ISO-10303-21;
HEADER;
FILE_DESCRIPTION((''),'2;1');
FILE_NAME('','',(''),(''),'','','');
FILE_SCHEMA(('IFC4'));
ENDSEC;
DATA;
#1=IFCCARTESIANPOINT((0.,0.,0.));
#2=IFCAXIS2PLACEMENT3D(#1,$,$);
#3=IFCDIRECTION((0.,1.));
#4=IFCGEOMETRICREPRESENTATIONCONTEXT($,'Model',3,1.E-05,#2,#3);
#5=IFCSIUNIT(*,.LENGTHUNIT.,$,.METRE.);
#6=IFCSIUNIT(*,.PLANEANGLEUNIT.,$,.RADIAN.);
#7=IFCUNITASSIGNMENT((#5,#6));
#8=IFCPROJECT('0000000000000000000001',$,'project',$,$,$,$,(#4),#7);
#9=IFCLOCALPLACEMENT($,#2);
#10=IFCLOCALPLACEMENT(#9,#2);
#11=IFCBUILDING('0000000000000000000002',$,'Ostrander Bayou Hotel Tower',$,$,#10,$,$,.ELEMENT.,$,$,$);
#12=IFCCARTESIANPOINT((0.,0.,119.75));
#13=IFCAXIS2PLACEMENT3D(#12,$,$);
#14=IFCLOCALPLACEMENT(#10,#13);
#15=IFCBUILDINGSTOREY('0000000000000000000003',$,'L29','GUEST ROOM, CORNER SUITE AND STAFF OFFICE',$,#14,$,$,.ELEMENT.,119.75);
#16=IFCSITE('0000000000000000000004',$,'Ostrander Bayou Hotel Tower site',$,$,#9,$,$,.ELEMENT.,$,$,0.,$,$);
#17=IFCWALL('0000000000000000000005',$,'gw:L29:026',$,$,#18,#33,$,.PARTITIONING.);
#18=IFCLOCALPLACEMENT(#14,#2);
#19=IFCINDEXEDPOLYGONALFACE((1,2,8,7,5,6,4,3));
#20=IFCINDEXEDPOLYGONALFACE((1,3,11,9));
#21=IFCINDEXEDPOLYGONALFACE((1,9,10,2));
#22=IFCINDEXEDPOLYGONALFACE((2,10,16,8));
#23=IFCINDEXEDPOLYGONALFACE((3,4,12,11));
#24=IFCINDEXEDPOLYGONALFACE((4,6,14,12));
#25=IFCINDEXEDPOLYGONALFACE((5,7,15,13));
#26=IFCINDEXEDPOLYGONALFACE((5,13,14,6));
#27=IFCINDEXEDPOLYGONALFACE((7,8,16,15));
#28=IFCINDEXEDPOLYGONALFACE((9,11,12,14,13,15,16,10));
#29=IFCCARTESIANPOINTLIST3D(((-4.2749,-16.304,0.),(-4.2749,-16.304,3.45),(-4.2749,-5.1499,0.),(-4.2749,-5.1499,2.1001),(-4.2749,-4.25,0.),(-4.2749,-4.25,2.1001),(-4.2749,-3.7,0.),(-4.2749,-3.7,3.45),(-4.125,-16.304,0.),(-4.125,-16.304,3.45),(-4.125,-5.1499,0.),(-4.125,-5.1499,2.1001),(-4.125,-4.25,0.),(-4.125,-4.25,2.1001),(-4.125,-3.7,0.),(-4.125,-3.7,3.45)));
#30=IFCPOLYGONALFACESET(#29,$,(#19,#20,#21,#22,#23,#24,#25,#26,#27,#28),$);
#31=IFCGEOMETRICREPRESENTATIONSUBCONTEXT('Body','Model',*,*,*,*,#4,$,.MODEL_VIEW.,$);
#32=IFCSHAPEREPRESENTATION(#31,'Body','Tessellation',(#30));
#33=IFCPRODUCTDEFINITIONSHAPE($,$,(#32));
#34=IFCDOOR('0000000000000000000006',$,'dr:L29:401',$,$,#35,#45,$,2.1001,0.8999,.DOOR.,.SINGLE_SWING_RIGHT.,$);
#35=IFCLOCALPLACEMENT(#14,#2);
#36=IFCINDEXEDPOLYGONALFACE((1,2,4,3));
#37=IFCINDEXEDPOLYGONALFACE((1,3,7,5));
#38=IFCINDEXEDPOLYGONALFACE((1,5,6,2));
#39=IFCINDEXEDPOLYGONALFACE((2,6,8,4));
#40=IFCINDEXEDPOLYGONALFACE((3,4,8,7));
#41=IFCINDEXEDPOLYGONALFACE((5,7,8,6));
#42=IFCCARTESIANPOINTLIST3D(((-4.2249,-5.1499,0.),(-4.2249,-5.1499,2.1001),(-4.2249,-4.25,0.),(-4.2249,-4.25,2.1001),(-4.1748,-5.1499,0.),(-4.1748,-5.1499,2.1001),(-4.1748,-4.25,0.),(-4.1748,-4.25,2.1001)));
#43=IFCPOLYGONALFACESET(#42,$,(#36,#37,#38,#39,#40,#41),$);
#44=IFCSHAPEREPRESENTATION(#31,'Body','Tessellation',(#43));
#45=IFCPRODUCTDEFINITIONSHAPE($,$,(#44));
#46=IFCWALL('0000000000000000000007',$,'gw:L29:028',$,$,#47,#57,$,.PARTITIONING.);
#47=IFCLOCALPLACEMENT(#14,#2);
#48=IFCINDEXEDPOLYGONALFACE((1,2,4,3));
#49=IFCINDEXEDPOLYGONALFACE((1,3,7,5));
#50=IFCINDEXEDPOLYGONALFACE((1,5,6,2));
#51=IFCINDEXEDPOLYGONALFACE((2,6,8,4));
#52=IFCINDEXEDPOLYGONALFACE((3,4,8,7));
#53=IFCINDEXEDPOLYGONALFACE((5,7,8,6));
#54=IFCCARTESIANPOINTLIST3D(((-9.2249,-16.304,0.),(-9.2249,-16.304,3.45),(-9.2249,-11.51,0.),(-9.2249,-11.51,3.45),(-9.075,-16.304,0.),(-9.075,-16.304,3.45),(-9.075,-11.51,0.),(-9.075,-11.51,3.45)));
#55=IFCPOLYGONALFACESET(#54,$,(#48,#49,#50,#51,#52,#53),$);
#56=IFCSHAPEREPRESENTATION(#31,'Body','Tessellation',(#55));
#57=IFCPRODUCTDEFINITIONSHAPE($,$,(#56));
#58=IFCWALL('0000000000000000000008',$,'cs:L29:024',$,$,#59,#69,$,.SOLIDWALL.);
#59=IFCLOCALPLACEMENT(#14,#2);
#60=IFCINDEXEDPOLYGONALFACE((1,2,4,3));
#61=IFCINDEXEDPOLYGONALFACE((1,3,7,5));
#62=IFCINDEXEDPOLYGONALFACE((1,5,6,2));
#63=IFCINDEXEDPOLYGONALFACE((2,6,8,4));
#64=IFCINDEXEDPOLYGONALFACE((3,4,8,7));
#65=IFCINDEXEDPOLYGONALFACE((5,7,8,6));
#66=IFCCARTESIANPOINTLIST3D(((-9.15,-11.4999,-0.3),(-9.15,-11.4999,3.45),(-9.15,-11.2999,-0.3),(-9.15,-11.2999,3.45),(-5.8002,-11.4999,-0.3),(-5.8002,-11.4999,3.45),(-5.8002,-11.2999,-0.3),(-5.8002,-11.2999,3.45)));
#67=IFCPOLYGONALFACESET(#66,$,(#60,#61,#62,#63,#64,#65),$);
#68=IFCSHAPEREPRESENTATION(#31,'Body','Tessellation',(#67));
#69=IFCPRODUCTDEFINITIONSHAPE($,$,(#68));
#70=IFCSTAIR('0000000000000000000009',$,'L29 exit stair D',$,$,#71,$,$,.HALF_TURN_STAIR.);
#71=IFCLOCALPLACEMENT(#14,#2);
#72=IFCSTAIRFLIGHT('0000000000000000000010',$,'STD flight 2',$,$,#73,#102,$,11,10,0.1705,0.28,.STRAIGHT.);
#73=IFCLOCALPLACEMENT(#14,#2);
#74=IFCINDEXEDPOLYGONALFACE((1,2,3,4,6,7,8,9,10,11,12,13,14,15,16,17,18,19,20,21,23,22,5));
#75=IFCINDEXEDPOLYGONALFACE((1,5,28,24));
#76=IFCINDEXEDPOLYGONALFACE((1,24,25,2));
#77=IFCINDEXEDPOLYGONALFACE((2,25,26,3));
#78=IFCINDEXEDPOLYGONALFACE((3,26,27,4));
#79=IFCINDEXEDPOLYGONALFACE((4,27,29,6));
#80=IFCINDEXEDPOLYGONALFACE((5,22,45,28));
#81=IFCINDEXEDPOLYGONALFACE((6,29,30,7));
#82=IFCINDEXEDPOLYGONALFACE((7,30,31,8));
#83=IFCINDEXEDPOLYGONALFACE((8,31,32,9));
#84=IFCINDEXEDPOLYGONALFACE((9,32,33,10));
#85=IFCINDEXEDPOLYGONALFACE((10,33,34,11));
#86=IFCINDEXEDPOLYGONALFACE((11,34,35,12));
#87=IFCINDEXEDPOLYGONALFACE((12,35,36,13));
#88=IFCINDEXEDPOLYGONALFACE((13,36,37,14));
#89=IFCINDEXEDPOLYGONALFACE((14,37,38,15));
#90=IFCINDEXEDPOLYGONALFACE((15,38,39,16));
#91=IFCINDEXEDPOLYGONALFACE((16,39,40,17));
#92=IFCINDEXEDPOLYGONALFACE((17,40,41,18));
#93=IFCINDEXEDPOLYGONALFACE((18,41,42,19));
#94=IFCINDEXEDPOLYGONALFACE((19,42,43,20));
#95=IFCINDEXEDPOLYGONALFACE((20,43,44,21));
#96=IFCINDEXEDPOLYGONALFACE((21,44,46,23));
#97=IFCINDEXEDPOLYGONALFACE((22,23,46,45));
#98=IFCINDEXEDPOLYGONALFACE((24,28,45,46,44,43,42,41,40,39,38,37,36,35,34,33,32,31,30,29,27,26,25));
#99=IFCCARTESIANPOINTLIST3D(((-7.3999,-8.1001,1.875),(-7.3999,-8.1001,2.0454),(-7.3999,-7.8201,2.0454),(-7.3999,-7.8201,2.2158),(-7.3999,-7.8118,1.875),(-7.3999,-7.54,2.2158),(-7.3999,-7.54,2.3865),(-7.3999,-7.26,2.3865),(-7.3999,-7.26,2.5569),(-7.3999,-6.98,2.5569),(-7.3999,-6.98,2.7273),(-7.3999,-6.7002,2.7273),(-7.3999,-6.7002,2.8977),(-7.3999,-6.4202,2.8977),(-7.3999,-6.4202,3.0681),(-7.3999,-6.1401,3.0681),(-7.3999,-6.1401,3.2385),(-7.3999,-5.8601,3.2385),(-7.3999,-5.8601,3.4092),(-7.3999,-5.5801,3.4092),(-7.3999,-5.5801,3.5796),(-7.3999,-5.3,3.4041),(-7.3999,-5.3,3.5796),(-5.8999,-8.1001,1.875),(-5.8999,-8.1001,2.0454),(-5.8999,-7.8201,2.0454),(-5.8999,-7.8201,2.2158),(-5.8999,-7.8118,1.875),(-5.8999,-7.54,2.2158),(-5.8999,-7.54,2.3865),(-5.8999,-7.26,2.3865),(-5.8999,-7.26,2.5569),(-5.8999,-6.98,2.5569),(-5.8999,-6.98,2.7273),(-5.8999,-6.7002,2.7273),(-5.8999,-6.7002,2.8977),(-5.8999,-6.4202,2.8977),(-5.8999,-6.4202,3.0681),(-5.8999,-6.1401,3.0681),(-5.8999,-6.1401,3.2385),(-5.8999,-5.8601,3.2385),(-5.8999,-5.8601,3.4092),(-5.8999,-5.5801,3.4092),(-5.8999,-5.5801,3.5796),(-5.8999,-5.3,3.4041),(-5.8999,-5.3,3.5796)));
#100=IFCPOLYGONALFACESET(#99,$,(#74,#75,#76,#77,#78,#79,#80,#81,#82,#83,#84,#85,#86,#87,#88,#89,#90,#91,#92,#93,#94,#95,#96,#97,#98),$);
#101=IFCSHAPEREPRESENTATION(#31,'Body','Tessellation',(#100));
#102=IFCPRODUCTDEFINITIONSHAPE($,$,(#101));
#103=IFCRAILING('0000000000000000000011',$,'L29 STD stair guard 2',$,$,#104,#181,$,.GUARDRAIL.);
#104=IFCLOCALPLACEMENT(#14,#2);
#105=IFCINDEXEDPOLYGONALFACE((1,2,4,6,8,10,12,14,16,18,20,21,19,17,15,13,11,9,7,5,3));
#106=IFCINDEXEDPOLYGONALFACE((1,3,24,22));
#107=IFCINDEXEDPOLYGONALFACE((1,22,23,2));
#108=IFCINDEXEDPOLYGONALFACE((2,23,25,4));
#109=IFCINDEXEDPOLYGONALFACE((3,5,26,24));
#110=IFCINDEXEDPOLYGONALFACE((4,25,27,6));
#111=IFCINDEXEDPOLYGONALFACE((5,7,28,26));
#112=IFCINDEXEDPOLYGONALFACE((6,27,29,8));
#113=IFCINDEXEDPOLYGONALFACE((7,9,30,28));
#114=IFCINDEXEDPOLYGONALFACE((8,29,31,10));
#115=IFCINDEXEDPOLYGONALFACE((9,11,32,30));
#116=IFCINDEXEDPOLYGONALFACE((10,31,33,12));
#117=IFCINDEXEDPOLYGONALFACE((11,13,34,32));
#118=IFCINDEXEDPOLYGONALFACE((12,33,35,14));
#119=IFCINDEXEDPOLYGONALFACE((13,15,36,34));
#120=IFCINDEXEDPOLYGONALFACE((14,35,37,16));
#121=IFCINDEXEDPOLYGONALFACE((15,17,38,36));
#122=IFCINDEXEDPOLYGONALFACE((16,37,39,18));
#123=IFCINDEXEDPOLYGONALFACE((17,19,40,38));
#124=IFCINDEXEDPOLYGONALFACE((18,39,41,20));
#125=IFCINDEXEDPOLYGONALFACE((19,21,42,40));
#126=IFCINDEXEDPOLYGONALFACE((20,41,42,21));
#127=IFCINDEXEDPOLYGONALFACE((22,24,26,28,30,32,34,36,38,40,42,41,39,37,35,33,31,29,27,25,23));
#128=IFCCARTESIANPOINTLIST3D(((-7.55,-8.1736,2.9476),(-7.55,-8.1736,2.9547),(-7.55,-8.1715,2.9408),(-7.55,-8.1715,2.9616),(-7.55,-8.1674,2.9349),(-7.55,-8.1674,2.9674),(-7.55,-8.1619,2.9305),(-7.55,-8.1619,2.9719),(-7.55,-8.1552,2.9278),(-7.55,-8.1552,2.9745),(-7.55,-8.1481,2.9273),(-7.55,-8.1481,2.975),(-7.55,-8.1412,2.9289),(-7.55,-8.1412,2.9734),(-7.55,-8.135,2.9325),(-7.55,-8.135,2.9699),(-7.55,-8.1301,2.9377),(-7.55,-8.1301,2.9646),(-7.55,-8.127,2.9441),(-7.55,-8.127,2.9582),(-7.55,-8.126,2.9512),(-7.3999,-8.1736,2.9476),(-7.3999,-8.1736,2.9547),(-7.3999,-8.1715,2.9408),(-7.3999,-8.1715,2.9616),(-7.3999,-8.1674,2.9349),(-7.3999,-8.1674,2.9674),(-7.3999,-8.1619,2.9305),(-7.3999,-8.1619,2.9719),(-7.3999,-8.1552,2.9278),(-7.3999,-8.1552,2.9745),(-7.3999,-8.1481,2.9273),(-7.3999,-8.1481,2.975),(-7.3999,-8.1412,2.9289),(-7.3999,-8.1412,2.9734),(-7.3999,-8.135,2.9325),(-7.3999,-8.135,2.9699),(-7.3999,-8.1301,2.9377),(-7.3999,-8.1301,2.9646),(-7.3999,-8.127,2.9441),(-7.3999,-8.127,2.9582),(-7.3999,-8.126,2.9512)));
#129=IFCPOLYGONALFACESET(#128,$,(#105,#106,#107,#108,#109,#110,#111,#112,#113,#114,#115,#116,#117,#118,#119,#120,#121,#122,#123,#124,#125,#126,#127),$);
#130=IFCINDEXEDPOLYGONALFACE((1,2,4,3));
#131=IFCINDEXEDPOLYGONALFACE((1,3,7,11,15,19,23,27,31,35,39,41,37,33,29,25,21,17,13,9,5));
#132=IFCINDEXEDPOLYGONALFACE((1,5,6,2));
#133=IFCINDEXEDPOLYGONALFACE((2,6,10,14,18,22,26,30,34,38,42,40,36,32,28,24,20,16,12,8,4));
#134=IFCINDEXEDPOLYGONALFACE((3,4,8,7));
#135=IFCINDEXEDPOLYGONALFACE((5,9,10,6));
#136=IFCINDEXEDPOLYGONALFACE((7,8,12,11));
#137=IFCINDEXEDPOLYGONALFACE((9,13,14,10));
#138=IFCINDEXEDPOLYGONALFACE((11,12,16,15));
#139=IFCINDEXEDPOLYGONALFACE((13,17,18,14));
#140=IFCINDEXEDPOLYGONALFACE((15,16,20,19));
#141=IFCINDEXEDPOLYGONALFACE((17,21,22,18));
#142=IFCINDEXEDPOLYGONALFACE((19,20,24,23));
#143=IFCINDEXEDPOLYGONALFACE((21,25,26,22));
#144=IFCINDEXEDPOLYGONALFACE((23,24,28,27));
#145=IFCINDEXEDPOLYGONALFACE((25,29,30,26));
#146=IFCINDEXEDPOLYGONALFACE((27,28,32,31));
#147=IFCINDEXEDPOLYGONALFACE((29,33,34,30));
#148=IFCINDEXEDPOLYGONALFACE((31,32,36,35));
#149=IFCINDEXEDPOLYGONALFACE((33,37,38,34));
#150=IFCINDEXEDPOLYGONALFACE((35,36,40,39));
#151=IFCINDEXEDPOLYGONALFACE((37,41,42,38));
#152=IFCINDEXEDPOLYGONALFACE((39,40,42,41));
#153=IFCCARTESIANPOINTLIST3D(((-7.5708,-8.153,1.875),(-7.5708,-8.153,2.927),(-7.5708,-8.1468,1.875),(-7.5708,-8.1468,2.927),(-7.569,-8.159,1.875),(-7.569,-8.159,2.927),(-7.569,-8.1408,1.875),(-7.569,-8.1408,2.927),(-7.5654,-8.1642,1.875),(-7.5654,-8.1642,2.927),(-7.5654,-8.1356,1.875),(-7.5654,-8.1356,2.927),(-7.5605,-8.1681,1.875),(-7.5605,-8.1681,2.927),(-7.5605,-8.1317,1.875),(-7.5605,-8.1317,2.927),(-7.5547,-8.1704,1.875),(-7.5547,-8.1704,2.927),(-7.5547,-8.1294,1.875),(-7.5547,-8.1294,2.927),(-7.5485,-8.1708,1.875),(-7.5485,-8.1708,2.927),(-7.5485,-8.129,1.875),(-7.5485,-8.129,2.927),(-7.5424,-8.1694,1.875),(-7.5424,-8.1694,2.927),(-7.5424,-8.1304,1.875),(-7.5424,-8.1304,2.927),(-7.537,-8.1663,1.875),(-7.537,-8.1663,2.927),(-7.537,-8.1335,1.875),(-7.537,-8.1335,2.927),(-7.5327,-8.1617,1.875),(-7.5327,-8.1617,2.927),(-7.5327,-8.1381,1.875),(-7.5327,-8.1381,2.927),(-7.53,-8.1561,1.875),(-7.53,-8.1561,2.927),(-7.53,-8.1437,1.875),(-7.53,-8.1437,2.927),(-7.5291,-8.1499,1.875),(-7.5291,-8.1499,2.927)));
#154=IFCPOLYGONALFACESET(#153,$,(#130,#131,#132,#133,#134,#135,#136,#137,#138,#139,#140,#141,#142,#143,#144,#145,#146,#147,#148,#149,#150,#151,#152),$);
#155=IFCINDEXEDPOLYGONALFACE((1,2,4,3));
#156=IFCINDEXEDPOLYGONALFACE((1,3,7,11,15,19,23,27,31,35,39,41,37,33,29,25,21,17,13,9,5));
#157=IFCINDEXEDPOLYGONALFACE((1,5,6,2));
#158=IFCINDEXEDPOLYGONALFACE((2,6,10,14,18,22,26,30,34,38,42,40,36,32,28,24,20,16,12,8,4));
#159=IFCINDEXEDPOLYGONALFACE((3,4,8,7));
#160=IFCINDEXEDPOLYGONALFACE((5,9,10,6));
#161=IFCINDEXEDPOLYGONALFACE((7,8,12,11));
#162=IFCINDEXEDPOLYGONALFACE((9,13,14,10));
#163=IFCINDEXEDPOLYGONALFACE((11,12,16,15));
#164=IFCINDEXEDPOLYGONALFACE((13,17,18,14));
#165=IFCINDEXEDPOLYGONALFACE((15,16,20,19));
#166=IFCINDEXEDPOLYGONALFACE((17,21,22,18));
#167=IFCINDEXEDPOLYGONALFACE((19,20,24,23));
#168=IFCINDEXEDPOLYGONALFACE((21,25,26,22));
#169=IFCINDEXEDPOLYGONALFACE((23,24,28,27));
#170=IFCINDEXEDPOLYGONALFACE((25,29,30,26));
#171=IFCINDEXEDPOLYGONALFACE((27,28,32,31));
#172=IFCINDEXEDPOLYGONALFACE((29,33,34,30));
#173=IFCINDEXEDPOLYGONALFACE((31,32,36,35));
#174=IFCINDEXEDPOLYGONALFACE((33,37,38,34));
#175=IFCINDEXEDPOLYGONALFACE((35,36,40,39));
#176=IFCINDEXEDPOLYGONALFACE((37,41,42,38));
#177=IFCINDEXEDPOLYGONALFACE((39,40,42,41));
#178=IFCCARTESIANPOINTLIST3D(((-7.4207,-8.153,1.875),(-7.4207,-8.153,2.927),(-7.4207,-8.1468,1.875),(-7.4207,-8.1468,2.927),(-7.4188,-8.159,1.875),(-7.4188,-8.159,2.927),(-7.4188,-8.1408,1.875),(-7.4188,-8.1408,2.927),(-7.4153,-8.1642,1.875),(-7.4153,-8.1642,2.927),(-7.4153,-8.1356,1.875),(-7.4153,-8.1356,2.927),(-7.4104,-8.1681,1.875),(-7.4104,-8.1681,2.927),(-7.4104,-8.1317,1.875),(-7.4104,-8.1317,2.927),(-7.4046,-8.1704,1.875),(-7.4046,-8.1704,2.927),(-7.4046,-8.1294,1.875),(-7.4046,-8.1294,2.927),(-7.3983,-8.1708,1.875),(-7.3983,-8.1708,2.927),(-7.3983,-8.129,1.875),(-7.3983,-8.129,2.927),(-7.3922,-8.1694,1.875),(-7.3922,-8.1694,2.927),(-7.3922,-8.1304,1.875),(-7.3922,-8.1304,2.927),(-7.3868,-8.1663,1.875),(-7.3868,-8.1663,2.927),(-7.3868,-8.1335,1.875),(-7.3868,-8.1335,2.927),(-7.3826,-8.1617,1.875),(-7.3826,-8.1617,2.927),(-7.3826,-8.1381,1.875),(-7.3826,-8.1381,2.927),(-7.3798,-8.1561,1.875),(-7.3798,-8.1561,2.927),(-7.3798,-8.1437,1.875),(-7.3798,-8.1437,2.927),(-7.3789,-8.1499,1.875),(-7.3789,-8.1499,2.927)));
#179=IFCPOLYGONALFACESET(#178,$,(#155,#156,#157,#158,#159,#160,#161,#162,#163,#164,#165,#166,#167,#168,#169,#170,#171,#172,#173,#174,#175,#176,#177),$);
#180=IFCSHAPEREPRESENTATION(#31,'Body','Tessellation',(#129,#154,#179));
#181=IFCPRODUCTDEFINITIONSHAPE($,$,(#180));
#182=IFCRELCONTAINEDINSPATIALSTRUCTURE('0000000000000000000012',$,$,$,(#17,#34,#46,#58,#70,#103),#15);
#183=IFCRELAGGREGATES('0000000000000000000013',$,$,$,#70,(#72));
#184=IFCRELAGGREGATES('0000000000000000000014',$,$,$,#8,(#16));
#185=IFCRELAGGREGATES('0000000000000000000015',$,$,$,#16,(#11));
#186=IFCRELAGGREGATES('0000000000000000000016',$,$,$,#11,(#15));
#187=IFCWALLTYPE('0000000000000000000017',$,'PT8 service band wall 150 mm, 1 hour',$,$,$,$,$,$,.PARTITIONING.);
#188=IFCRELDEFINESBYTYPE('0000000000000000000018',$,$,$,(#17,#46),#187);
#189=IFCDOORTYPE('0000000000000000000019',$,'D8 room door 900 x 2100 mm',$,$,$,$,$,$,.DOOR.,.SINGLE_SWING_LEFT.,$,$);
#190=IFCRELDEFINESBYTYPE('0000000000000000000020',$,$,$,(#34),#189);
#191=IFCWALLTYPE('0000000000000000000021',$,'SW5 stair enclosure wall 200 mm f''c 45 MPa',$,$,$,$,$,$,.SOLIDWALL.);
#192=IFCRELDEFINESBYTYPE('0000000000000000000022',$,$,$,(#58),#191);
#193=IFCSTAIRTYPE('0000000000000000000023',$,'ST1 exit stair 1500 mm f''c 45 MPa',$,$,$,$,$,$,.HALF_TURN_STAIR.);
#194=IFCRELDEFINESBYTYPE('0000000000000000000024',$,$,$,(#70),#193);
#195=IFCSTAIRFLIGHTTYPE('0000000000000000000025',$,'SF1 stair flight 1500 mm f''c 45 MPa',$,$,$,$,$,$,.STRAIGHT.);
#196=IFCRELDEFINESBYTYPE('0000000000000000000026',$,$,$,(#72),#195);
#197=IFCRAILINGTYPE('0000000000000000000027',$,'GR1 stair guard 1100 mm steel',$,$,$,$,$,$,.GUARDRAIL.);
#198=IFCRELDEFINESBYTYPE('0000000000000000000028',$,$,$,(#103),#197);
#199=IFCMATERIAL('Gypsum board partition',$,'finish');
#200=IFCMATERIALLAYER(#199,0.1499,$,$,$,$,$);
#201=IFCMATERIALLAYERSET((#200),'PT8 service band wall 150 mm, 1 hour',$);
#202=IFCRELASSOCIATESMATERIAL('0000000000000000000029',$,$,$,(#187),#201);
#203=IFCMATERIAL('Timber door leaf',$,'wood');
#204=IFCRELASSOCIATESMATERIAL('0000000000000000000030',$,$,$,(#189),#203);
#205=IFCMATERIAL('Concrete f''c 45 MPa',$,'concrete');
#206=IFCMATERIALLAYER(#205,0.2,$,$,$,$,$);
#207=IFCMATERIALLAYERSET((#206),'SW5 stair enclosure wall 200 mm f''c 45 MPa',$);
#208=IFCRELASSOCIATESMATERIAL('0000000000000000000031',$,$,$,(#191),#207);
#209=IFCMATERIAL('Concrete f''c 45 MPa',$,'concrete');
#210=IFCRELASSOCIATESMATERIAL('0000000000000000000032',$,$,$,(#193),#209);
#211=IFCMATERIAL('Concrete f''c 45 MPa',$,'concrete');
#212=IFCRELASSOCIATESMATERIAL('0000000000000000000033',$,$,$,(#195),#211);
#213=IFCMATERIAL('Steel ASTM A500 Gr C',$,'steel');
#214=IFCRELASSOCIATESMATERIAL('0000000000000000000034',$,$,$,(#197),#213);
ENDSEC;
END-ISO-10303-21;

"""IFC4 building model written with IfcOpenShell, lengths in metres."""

from ifc_helpers import new_model, si_unit, direction, frame, frame_2d, origin, origin_2d, place, context, subcontext, project, spatial, polyline, rectangle, circle, outline, extrude, material, layer, layer_set, type_object, element, fill, aggregate, save


model = new_model("IFC4")

# Units and contexts
model_context = context("Model", 3, precision=1e-05, world=origin(), true_north=direction((0.0, 1.0)))
body_context = subcontext(model_context, "Body", "Model", "MODEL_VIEW")
ifc_project = project(units=[si_unit("LENGTHUNIT", "METRE"), si_unit("PLANEANGLEUNIT", "RADIAN")], contexts=[model_context])

# Site, building, storey
site_placement = place(None, origin())
site = spatial("IfcSite", under=ifc_project, at=site_placement, Name="Ostrander Bayou Hotel Tower site", CompositionType="ELEMENT", RefElevation=0.0)
building_placement = place(site_placement, origin())
building = spatial("IfcBuilding", under=site, at=building_placement, Name="Ostrander Bayou Hotel Tower", CompositionType="ELEMENT")
storey_placement = place(building_placement, frame((0.0, 0.0, 119.75)))
storey = spatial("IfcBuildingStorey", under=building, at=storey_placement, Name="L29", Description="GUEST ROOM, CORNER SUITE AND STAFF OFFICE", CompositionType="ELEMENT", Elevation=119.75)

# Wall, opening, door
ifc_material_1 = material(Name="Gypsum board partition", Category="finish")
ifc_layer_1 = layer(ifc_material_1, 0.1499)
ifc_layer_set_1 = layer_set([ifc_layer_1], Name="PT8 service band wall 150 mm, 1 hour")
wall_type_1 = type_object("IfcWallType", Name="PT8 service band wall 150 mm, 1 hour", PredefinedType="PARTITIONING", material=ifc_layer_set_1)
wall_1_placement = place(storey_placement, frame((-4.2, -16.304, 0.0), z_axis=(0.0, 0.0, 1.0), x_axis=(0.0, 1.0, 0.0)))
wall_1 = element("IfcWall", 1, at=wall_1_placement, inside=storey, type_object=wall_type_1, Name="gw:L29:026", PredefinedType="PARTITIONING", context=body_context, shape_type="SweptSolid", body=[
    extrude(rectangle(XDim=12.604, YDim=0.1499, at=frame_2d((6.302, 0.0))), origin(), (0.0, 0.0, 1.0), 3.45),
])
opening_1_placement = place(wall_1_placement, frame((11.1541, 0.0, 0.0)))
opening_1 = element("IfcOpeningElement", 2, at=opening_1_placement, cuts=wall_1, PredefinedType="OPENING", context=body_context, shape_type="SweptSolid", body=[
    extrude(rectangle(XDim=0.8999, YDim=2.1001, at=frame_2d((0.45, 1.05))), frame((0.0, 0.075, 0.0), z_axis=(0.0, -1.0, 0.0), x_axis=(1.0, 0.0, 0.0)), (0.0, 0.0, 1.0), 0.1499),
])
ifc_material_2 = material(Name="Timber door leaf", Category="wood")
door_type_1 = type_object("IfcDoorType", Name="D8 room door 900 x 2100 mm", OperationType="SINGLE_SWING_LEFT", PredefinedType="DOOR", material=ifc_material_2)
door_1_placement = place(opening_1_placement, origin())
door_1 = element("IfcDoor", 3, at=door_1_placement, inside=storey, type_object=door_type_1, Name="dr:L29:401", OperationType="SINGLE_SWING_RIGHT", OverallHeight=2.1001, OverallWidth=0.8999, PredefinedType="DOOR", context=body_context, shape_type="SweptSolid", body=[
    extrude(rectangle(XDim=0.8999, YDim=2.1001, at=frame_2d((0.45, 1.05))), frame((0.0, 0.0249, 0.0), z_axis=(0.0, -1.0, 0.0), x_axis=(1.0, 0.0, 0.0)), (0.0, 0.0, 1.0), 0.05),
])
fill(opening_1, door_1)

# Walls
wall_2_placement = place(storey_placement, frame((-9.1499, -16.304, 0.0), z_axis=(0.0, 0.0, 1.0), x_axis=(0.0, 1.0, 0.0)))
element("IfcWall", 4, at=wall_2_placement, inside=storey, type_object=wall_type_1, Name="gw:L29:028", PredefinedType="PARTITIONING", context=body_context, shape_type="SweptSolid", body=[
    extrude(rectangle(XDim=4.7939, YDim=0.1499, at=frame_2d((2.397, 0.0))), origin(), (0.0, 0.0, 1.0), 3.45),
])
ifc_material_3 = material(Name="Concrete f'c 45 MPa", Category="concrete")
ifc_layer_2 = layer(ifc_material_3, 0.2)
ifc_layer_set_2 = layer_set([ifc_layer_2], Name="SW5 stair enclosure wall 200 mm f'c 45 MPa")
wall_type_2 = type_object("IfcWallType", Name="SW5 stair enclosure wall 200 mm f'c 45 MPa", PredefinedType="SOLIDWALL", material=ifc_layer_set_2)
wall_3_placement = place(storey_placement, frame((-9.1499, -11.3999, -0.3), z_axis=(0.0, 0.0, 1.0), x_axis=(1.0, 0.0, 0.0)))
element("IfcWall", 5, at=wall_3_placement, inside=storey, type_object=wall_type_2, Name="cs:L29:024", PredefinedType="SOLIDWALL", context=body_context, shape_type="SweptSolid", body=[
    extrude(rectangle(XDim=3.3499, YDim=0.2, at=frame_2d((1.6748, 0.0))), origin(), (0.0, 0.0, 1.0), 3.75),
])

# Stair, stair flight
ifc_material_4 = material(Name="Concrete f'c 45 MPa", Category="concrete")
stair_type = type_object("IfcStairType", Name="ST1 exit stair 1500 mm f'c 45 MPa", PredefinedType="HALF_TURN_STAIR", material=ifc_material_4)
stair_placement = place(storey_placement, origin())
stair = element("IfcStair", 6, at=stair_placement, inside=storey, type_object=stair_type, Name="L29 exit stair D", PredefinedType="HALF_TURN_STAIR")
ifc_material_5 = material(Name="Concrete f'c 45 MPa", Category="concrete")
stair_flight_type = type_object("IfcStairFlightType", Name="SF1 stair flight 1500 mm f'c 45 MPa", PredefinedType="STRAIGHT", material=ifc_material_5)
stair_flight_placement = place(storey_placement, frame((-6.6499, -8.1001, 1.875), z_axis=(0.0, 0.0, 1.0), x_axis=(0.0, 1.0, 0.0)))
stair_flight = element("IfcStairFlight", 7, at=stair_flight_placement, type_object=stair_flight_type, Name="STD flight 2", NumberOfRisers=11, NumberOfTreads=10, PredefinedType="STRAIGHT", RiserHeight=0.1705, TreadLength=0.28, context=body_context, shape_type="SweptSolid", body=[
    extrude(outline(polyline([(0.0, 0.0), (0.0, 0.1704), (0.28, 0.1704), (0.28, 0.3408), (0.5601, 0.3408), (0.5601, 0.5115), (0.8401, 0.5115), (0.8401, 0.6819), (1.1201, 0.6819), (1.1201, 0.8523), (1.3999, 0.8523), (1.3999, 1.0227), (1.6799, 1.0227), (1.6799, 1.1931), (1.96, 1.1931), (1.96, 1.3635), (2.24, 1.3635), (2.24, 1.5342), (2.52, 1.5342), (2.52, 1.7046), (2.8, 1.7046), (2.8, 1.875), (2.8, 1.5291), (0.2883, 0.0), (0.0, 0.0)])), frame((0.0, 0.75, 0.0), z_axis=(0.0, -1.0, 0.0), x_axis=(1.0, 0.0, 0.0)), (0.0, 0.0, 1.0), 1.5),
])
aggregate(stair, [stair_flight])

# Railing
ifc_material_6 = material(Name="Steel ASTM A500 Gr C", Category="steel")
railing_type_1 = type_object("IfcRailingType", Name="GR1 stair guard 1100 mm steel", PredefinedType="GUARDRAIL", material=ifc_material_6)
railing_1_placement = place(storey_placement, frame((-7.55, -8.1499, 1.875)))
element("IfcRailing", 8, at=railing_1_placement, inside=storey, type_object=railing_type_1, Name="L29 STD stair guard 2", PredefinedType="GUARDRAIL", context=body_context, shape_type="SweptSolid", body=[
    extrude(circle(Radius=0.0239, at=origin_2d()), frame((0.0, 0.0, 1.0762), z_axis=(1.0, 0.0, 0.0), x_axis=(0.0, 1.0, 0.0)), (0.0, 0.0, 1.0), 0.1501),
    extrude(circle(Radius=0.021, at=origin_2d()), origin(), (0.0, 0.0, 1.0), 1.052),
    extrude(circle(Radius=0.021, at=origin_2d()), frame((0.1501, 0.0, 0.0)), (0.0, 0.0, 1.0), 1.052),
])

save(model, "model.ifc")
